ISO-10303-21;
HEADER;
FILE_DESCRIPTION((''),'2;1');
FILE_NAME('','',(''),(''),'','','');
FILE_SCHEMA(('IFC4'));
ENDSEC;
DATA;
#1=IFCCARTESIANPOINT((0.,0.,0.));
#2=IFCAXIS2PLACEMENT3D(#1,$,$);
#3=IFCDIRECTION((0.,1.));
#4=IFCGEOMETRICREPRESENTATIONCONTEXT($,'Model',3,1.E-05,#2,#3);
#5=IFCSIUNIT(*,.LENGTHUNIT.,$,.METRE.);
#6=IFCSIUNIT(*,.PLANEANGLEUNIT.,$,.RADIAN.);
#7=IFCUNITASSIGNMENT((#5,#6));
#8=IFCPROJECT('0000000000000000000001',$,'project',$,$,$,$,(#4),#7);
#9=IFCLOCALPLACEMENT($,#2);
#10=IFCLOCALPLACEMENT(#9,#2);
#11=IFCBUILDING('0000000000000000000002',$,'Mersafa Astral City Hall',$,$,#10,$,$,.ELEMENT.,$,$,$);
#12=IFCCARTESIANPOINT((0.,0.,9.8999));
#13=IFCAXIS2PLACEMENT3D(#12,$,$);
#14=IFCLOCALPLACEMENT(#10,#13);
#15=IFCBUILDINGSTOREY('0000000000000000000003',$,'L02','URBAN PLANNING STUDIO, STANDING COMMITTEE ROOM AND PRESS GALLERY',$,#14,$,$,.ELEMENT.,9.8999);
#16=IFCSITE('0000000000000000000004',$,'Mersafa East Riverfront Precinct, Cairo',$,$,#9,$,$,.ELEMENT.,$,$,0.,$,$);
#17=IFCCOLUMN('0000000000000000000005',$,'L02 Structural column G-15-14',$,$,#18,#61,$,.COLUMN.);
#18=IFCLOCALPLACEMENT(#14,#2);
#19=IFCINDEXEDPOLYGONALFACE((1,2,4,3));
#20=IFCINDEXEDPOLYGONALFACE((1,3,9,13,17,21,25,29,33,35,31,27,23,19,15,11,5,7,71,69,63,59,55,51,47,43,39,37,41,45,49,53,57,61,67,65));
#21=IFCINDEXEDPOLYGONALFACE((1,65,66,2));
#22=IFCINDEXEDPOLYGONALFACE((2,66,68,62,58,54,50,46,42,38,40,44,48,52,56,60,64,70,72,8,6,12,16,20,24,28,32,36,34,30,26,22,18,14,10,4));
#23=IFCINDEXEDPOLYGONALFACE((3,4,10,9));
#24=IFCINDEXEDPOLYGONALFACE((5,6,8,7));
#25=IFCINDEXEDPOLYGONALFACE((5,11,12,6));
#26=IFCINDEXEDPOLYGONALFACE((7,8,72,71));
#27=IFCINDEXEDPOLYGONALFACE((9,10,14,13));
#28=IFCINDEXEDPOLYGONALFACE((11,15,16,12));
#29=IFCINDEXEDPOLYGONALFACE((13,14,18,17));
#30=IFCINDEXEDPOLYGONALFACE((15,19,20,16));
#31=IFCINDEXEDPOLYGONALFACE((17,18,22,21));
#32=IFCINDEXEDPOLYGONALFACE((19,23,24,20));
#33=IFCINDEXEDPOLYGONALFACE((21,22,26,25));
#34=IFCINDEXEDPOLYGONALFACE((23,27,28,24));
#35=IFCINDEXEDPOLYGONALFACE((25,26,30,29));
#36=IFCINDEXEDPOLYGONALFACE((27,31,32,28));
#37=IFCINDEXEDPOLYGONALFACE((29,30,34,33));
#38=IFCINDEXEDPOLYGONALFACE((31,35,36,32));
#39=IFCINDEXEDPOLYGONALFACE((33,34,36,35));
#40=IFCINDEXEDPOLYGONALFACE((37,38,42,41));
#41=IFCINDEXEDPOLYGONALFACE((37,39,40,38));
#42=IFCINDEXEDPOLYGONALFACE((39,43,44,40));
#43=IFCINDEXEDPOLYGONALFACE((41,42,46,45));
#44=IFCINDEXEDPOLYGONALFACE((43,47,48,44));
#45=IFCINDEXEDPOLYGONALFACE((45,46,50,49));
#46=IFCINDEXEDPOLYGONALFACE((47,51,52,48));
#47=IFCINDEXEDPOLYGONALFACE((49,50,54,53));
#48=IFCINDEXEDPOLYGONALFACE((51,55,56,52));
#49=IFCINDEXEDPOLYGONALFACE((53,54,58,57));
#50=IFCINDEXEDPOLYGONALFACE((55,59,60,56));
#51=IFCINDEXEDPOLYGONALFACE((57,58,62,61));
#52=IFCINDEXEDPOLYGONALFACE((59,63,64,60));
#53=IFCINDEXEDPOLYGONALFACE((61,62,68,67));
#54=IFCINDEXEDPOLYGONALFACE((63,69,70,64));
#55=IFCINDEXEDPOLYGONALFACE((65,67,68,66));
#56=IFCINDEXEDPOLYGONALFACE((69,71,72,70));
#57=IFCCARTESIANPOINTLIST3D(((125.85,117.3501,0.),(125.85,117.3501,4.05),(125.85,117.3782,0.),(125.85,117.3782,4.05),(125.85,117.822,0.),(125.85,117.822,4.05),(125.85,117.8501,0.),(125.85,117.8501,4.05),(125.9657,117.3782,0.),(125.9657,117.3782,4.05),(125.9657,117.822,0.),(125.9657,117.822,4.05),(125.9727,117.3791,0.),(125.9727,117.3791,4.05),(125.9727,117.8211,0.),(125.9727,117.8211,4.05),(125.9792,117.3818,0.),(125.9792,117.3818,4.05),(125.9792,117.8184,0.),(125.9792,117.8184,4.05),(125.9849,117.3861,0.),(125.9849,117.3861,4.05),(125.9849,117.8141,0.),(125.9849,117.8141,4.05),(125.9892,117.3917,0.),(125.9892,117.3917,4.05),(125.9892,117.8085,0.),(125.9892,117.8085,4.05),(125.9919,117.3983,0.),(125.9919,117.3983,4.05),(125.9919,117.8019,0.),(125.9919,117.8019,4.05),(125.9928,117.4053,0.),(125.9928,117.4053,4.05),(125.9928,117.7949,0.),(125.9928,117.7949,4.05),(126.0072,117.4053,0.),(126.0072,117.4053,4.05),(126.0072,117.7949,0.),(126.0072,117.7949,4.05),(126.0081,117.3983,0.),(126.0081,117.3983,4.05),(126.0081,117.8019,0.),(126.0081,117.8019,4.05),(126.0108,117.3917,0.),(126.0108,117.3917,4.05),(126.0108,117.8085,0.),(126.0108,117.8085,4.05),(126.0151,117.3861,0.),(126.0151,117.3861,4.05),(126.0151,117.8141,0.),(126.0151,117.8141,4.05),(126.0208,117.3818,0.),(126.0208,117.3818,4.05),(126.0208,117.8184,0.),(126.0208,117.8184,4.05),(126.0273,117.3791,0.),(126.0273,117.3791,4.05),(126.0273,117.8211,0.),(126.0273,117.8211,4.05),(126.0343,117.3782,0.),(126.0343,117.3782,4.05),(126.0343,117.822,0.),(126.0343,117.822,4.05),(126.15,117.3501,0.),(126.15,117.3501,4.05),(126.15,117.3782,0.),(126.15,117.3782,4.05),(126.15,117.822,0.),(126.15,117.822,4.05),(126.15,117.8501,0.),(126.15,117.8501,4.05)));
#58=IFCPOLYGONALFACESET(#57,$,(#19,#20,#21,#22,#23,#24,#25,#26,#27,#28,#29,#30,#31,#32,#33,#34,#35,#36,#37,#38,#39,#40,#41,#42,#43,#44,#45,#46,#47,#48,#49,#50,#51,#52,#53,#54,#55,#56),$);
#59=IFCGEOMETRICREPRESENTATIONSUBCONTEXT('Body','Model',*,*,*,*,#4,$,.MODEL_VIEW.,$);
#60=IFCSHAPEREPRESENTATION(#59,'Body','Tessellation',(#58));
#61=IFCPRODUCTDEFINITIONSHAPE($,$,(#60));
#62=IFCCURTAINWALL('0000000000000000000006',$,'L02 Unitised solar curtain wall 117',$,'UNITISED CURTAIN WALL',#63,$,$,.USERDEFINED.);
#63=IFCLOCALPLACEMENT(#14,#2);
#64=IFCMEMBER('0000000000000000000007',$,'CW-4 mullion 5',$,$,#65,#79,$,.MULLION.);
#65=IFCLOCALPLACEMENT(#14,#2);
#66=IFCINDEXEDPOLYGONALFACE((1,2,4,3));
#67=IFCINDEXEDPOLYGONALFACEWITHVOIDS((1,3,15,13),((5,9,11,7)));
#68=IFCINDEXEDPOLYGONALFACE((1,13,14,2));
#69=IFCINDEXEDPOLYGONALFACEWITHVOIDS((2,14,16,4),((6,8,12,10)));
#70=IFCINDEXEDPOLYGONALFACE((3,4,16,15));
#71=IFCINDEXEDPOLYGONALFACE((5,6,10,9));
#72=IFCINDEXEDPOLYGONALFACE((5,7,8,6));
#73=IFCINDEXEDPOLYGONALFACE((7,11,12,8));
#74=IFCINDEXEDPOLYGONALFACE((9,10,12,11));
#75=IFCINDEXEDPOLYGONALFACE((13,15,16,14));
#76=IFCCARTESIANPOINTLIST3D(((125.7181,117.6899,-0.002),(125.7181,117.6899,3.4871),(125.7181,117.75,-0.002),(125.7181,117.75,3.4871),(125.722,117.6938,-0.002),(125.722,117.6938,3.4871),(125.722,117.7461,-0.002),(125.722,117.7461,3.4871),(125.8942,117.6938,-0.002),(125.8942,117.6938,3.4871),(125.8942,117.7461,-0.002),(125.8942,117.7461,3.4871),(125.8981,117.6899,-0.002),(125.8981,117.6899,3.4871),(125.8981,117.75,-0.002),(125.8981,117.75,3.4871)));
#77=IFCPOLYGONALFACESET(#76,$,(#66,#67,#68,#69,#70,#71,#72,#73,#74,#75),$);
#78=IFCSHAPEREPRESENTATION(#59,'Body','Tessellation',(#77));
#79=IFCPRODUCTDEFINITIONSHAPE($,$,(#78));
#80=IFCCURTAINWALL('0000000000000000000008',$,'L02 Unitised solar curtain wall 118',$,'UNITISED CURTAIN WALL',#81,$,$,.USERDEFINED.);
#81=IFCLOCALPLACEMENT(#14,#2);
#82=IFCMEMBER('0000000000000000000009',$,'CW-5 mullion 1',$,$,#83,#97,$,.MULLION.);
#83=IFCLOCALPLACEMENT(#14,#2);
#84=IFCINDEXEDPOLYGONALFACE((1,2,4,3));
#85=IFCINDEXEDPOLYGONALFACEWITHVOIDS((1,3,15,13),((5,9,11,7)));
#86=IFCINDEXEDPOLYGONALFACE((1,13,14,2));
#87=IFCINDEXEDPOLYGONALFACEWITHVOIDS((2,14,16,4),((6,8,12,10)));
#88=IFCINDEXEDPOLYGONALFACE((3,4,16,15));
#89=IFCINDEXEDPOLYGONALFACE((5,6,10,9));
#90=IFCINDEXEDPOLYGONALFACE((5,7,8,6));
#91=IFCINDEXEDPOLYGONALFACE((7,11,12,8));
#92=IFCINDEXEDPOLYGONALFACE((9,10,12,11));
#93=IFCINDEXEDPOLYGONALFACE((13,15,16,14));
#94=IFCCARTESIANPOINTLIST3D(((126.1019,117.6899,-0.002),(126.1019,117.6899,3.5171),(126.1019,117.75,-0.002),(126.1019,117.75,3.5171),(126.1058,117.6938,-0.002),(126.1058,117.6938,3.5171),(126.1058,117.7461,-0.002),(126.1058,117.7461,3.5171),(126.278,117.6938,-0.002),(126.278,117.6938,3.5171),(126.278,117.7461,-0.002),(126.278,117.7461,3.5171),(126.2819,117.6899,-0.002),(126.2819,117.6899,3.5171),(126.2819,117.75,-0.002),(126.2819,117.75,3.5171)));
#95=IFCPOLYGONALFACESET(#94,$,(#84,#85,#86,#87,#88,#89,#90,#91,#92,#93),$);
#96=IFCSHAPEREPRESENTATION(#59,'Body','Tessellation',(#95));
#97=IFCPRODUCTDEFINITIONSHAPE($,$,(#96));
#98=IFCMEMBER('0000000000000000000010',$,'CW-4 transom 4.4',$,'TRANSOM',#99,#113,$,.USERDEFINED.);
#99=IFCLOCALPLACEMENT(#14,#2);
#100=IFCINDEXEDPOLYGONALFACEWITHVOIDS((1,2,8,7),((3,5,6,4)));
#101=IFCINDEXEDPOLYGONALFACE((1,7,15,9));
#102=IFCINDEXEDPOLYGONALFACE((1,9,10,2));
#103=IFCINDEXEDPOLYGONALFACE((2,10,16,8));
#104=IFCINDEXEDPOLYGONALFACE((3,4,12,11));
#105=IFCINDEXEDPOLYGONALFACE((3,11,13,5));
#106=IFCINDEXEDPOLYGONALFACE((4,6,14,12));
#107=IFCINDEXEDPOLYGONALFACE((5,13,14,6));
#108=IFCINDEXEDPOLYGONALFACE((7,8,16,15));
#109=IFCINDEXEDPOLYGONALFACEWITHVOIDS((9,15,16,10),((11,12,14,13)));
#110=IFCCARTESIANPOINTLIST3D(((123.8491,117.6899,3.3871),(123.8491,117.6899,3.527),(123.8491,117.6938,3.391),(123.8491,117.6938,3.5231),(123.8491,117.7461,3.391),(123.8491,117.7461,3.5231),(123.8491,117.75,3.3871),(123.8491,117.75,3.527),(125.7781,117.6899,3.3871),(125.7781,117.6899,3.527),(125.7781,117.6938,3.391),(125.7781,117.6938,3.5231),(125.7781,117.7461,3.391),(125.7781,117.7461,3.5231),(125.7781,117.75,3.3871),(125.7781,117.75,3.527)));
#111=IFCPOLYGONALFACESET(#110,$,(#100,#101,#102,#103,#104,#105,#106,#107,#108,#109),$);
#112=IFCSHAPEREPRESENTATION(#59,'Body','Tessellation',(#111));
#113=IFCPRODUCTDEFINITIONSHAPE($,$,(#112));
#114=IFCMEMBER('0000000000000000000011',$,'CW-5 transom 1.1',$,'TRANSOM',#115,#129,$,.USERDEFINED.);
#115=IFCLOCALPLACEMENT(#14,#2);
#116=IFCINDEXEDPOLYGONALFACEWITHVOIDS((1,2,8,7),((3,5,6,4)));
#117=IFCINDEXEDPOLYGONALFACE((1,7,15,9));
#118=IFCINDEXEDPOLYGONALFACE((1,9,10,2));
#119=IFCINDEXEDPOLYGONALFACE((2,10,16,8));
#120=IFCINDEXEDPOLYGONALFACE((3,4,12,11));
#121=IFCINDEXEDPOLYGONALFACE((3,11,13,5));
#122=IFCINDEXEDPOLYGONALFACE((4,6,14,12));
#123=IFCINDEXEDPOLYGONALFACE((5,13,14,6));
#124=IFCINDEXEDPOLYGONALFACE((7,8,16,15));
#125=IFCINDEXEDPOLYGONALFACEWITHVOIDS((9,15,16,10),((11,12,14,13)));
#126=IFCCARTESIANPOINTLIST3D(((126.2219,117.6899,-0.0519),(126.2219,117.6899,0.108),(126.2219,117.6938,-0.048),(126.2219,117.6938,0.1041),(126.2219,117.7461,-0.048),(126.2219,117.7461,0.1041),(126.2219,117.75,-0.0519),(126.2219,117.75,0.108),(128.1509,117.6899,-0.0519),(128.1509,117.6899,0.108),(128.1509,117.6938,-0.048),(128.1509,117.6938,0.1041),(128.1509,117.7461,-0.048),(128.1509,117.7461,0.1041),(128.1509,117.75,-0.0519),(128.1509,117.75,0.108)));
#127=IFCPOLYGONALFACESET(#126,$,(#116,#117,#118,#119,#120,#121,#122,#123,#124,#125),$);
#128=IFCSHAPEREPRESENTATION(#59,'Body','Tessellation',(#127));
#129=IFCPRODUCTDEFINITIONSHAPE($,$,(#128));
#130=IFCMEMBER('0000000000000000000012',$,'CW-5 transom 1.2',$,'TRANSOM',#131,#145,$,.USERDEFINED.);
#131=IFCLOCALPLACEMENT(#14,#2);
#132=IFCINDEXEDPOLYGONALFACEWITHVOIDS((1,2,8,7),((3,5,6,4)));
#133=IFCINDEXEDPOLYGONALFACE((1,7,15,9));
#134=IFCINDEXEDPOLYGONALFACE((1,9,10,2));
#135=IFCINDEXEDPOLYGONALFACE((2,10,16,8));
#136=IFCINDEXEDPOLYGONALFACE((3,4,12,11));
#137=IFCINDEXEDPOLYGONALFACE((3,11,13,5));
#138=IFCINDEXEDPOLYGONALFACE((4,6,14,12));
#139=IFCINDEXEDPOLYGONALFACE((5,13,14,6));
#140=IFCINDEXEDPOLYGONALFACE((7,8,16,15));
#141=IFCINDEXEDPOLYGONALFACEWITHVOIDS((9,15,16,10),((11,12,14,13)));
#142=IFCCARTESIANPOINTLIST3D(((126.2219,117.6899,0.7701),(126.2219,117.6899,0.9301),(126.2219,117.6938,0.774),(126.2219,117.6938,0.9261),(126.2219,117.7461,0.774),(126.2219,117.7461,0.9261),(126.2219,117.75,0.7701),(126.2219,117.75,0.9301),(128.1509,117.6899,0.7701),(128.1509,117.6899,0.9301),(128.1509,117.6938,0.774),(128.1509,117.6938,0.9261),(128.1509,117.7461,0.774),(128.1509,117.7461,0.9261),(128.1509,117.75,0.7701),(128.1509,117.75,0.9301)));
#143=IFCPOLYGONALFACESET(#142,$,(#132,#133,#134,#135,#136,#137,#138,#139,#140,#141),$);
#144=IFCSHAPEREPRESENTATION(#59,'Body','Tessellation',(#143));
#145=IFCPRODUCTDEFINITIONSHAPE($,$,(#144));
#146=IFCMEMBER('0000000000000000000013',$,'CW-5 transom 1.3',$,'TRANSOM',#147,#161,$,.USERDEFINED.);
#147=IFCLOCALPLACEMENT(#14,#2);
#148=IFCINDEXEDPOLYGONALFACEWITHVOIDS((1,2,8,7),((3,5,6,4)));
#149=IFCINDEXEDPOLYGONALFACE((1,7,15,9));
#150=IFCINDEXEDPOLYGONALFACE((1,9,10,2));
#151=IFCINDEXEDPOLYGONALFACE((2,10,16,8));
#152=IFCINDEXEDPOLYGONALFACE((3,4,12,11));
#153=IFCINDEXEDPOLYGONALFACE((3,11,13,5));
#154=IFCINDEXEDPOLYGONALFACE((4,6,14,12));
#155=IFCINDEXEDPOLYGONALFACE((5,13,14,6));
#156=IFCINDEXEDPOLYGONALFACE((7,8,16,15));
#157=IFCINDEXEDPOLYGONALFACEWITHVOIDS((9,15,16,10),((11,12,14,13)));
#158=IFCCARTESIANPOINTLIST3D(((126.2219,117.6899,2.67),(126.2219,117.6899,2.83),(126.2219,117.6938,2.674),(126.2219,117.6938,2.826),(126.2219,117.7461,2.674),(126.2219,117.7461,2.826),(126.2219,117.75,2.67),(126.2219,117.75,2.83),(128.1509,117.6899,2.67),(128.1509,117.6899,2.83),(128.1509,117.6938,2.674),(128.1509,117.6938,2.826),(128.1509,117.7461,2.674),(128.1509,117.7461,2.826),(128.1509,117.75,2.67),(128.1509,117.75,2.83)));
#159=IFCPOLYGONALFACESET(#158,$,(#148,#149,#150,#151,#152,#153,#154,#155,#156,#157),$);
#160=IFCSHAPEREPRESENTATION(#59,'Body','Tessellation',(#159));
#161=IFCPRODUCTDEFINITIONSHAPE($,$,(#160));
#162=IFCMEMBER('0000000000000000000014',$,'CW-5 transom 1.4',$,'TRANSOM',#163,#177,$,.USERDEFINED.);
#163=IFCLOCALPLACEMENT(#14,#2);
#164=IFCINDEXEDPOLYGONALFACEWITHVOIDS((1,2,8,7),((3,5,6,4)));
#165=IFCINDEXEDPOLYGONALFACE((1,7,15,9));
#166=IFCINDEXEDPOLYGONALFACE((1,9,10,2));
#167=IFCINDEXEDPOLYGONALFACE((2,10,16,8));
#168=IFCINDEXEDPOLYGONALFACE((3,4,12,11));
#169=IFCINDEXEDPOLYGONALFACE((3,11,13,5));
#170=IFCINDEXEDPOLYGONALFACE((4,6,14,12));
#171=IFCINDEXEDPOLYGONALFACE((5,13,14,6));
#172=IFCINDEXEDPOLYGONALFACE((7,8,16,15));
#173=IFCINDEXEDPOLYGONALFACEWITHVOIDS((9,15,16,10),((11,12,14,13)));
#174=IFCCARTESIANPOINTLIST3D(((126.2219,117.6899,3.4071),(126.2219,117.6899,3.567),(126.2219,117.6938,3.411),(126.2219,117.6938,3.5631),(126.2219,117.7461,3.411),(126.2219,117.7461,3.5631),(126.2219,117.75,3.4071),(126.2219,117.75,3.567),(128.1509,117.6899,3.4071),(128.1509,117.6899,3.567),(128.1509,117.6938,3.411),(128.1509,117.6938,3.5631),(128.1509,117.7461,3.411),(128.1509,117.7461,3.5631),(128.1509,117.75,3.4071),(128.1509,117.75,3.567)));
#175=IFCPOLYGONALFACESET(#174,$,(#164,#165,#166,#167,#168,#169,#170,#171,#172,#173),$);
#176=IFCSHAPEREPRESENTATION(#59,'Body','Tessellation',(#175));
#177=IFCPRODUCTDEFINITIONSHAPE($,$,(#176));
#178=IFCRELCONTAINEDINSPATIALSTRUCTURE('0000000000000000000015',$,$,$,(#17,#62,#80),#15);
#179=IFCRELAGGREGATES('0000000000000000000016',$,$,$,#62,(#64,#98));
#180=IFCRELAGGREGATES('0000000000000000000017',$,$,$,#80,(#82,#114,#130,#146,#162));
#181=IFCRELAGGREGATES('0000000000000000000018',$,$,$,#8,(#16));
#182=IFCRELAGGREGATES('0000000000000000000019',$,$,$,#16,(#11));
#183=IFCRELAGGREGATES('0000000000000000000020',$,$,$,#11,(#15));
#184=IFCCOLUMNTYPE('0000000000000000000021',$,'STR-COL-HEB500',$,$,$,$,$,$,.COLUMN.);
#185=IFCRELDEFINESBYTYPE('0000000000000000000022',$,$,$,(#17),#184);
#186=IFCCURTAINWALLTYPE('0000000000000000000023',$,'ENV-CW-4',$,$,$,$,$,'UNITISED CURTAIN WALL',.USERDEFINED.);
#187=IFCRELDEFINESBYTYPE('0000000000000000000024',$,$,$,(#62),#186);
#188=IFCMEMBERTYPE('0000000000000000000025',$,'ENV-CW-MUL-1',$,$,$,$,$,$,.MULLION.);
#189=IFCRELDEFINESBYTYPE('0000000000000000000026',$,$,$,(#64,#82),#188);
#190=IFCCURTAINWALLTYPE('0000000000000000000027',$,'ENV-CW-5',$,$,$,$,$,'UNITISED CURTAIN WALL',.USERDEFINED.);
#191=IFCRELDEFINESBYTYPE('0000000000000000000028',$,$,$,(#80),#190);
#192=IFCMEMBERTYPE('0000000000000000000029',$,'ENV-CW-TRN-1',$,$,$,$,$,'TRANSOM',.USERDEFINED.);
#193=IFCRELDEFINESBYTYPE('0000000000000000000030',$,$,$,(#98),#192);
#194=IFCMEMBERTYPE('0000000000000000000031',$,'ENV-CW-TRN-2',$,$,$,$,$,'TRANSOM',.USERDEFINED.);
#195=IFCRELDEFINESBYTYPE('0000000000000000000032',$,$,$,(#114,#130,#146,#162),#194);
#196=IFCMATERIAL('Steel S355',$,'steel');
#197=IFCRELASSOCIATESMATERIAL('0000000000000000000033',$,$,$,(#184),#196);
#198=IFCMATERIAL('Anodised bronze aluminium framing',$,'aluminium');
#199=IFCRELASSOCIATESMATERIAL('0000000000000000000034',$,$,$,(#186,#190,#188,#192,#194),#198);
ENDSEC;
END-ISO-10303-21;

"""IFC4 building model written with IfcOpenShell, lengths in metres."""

from ifc_helpers import new_model, si_unit, direction, frame, origin, origin_2d, place, context, subcontext, project, spatial, hollow_rectangle, i_section, extrude, material, material_profile, profile_set, type_object, element, aggregate, save


model = new_model("IFC4")

# Units and contexts
model_context = context("Model", 3, precision=1e-05, world=origin(), true_north=direction((0.0, 1.0)))
body_context = subcontext(model_context, "Body", "Model", "MODEL_VIEW")
ifc_project = project(units=[si_unit("LENGTHUNIT", "METRE"), si_unit("PLANEANGLEUNIT", "RADIAN")], contexts=[model_context])

# Site, building, storey
site_placement = place(None, origin())
site = spatial("IfcSite", under=ifc_project, at=site_placement, Name="Mersafa East Riverfront Precinct, Cairo", CompositionType="ELEMENT", RefElevation=0.0)
building_placement = place(site_placement, origin())
building = spatial("IfcBuilding", under=site, at=building_placement, Name="Mersafa Astral City Hall", CompositionType="ELEMENT")
storey_placement = place(building_placement, frame((0.0, 0.0, 9.8999)))
storey = spatial("IfcBuildingStorey", under=building, at=storey_placement, Name="L02", Description="URBAN PLANNING STUDIO, STANDING COMMITTEE ROOM AND PRESS GALLERY", CompositionType="ELEMENT", Elevation=9.8999)

# Column
ifc_material_1 = material(Name="Steel S355", Category="steel")
ifc_material_profile_1 = material_profile(ifc_material_1, i_section(OverallWidth=0.3, OverallDepth=0.5, WebThickness=0.0144, FlangeThickness=0.0281, FilletRadius=0.0271, at=origin_2d()), Name="HEB 500")
ifc_profile_set_1 = profile_set([ifc_material_profile_1], Name="Steel S355")
column_type = type_object("IfcColumnType", Name="STR-COL-HEB500", PredefinedType="COLUMN", material=ifc_profile_set_1)
column_placement = place(storey_placement, frame((126.0, 117.6001, 0.0), z_axis=(0.0, 0.0, 1.0), x_axis=(1.0, 0.0, 0.0)))
element("IfcColumn", 1, at=column_placement, inside=storey, type_object=column_type, Name="L02 Structural column G-15-14", PredefinedType="COLUMN", context=body_context, shape_type="SweptSolid", body=[
    extrude(i_section(OverallWidth=0.3, OverallDepth=0.5, WebThickness=0.0144, FlangeThickness=0.0281, FilletRadius=0.0271, at=origin_2d()), origin(), (0.0, 0.0, 1.0), 4.05),
])

# Curtain walls, members
ifc_material_2 = material(Name="Anodised bronze aluminium framing", Category="aluminium")
curtain_wall_type_1 = type_object("IfcCurtainWallType", Name="ENV-CW-4", ElementType="UNITISED CURTAIN WALL", PredefinedType="USERDEFINED", material=ifc_material_2)
curtain_wall_1_placement = place(storey_placement, origin())
curtain_wall_1 = element("IfcCurtainWall", 2, at=curtain_wall_1_placement, inside=storey, type_object=curtain_wall_type_1, Name="L02 Unitised solar curtain wall 117", ObjectType="UNITISED CURTAIN WALL", PredefinedType="USERDEFINED")
ifc_material_profile_2 = material_profile(ifc_material_2, hollow_rectangle(XDim=0.0601, YDim=0.1799, WallThickness=0.0039, at=origin_2d()), Name="RHS 60x180x4")
ifc_profile_set_2 = profile_set([ifc_material_profile_2], Name="Anodised bronze aluminium framing")
member_type_1 = type_object("IfcMemberType", Name="ENV-CW-MUL-1", PredefinedType="MULLION", material=ifc_profile_set_2)
member_1_placement = place(storey_placement, frame((125.8081, 117.72, -0.002), z_axis=(0.0, 0.0, 1.0), x_axis=(0.0, 1.0, 0.0)))
member_1 = element("IfcMember", 3, at=member_1_placement, type_object=member_type_1, Name="CW-4 mullion 5", PredefinedType="MULLION", context=body_context, shape_type="SweptSolid", body=[
    extrude(hollow_rectangle(XDim=0.0601, YDim=0.1799, WallThickness=0.0039, at=origin_2d()), origin(), (0.0, 0.0, 1.0), 3.489),
])
curtain_wall_type_2 = type_object("IfcCurtainWallType", Name="ENV-CW-5", ElementType="UNITISED CURTAIN WALL", PredefinedType="USERDEFINED", material=ifc_material_2)
curtain_wall_2_placement = place(storey_placement, origin())
curtain_wall_2 = element("IfcCurtainWall", 4, at=curtain_wall_2_placement, inside=storey, type_object=curtain_wall_type_2, Name="L02 Unitised solar curtain wall 118", ObjectType="UNITISED CURTAIN WALL", PredefinedType="USERDEFINED")
member_2_placement = place(storey_placement, frame((126.1919, 117.72, -0.002), z_axis=(0.0, 0.0, 1.0), x_axis=(0.0, 1.0, 0.0)))
member_2 = element("IfcMember", 5, at=member_2_placement, type_object=member_type_1, Name="CW-5 mullion 1", PredefinedType="MULLION", context=body_context, shape_type="SweptSolid", body=[
    extrude(hollow_rectangle(XDim=0.0601, YDim=0.1799, WallThickness=0.0039, at=origin_2d()), origin(), (0.0, 0.0, 1.0), 3.519),
])

# Members
ifc_material_profile_3 = material_profile(ifc_material_2, hollow_rectangle(XDim=0.0601, YDim=0.1399, WallThickness=0.0039, at=origin_2d()), Name="RHS 60x140x4")
ifc_profile_set_3 = profile_set([ifc_material_profile_3], Name="Anodised bronze aluminium framing")
member_type_2 = type_object("IfcMemberType", Name="ENV-CW-TRN-1", ElementType="TRANSOM", PredefinedType="USERDEFINED", material=ifc_profile_set_3)
member_3_placement = place(storey_placement, frame((123.8491, 117.72, 3.457), z_axis=(1.0, 0.0, 0.0), x_axis=(0.0, 1.0, 0.0)))
member_3 = element("IfcMember", 6, at=member_3_placement, type_object=member_type_2, Name="CW-4 transom 4.4", ObjectType="TRANSOM", PredefinedType="USERDEFINED", context=body_context, shape_type="SweptSolid", body=[
    extrude(hollow_rectangle(XDim=0.0601, YDim=0.1399, WallThickness=0.0039, at=origin_2d()), origin(), (0.0, 0.0, 1.0), 1.929),
])
ifc_material_profile_4 = material_profile(ifc_material_2, hollow_rectangle(XDim=0.0601, YDim=0.1599, WallThickness=0.0039, at=origin_2d()), Name="RHS 60x160x4")
ifc_profile_set_4 = profile_set([ifc_material_profile_4], Name="Anodised bronze aluminium framing")
member_type_3 = type_object("IfcMemberType", Name="ENV-CW-TRN-2", ElementType="TRANSOM", PredefinedType="USERDEFINED", material=ifc_profile_set_4)
member_4_placement = place(storey_placement, frame((126.2219, 117.72, 0.0281), z_axis=(1.0, 0.0, 0.0), x_axis=(0.0, 1.0, 0.0)))
member_4 = element("IfcMember", 7, at=member_4_placement, type_object=member_type_3, Name="CW-5 transom 1.1", ObjectType="TRANSOM", PredefinedType="USERDEFINED", context=body_context, shape_type="SweptSolid", body=[
    extrude(hollow_rectangle(XDim=0.0601, YDim=0.1599, WallThickness=0.0039, at=origin_2d()), origin(), (0.0, 0.0, 1.0), 1.929),
])
member_5_placement = place(storey_placement, frame((126.2219, 117.72, 0.8501), z_axis=(1.0, 0.0, 0.0), x_axis=(0.0, 1.0, 0.0)))
member_5 = element("IfcMember", 8, at=member_5_placement, type_object=member_type_3, Name="CW-5 transom 1.2", ObjectType="TRANSOM", PredefinedType="USERDEFINED", context=body_context, shape_type="SweptSolid", body=[
    extrude(hollow_rectangle(XDim=0.0601, YDim=0.1599, WallThickness=0.0039, at=origin_2d()), origin(), (0.0, 0.0, 1.0), 1.929),
])
member_6_placement = place(storey_placement, frame((126.2219, 117.72, 2.75), z_axis=(1.0, 0.0, 0.0), x_axis=(0.0, 1.0, 0.0)))
member_6 = element("IfcMember", 9, at=member_6_placement, type_object=member_type_3, Name="CW-5 transom 1.3", ObjectType="TRANSOM", PredefinedType="USERDEFINED", context=body_context, shape_type="SweptSolid", body=[
    extrude(hollow_rectangle(XDim=0.0601, YDim=0.1599, WallThickness=0.0039, at=origin_2d()), origin(), (0.0, 0.0, 1.0), 1.929),
])
member_7_placement = place(storey_placement, frame((126.2219, 117.72, 3.4871), z_axis=(1.0, 0.0, 0.0), x_axis=(0.0, 1.0, 0.0)))
member_7 = element("IfcMember", 10, at=member_7_placement, type_object=member_type_3, Name="CW-5 transom 1.4", ObjectType="TRANSOM", PredefinedType="USERDEFINED", context=body_context, shape_type="SweptSolid", body=[
    extrude(hollow_rectangle(XDim=0.0601, YDim=0.1599, WallThickness=0.0039, at=origin_2d()), origin(), (0.0, 0.0, 1.0), 1.929),
])

aggregate(curtain_wall_1, [member_1, member_3])
aggregate(curtain_wall_2, [member_2, member_4, member_5, member_6, member_7])

save(model, "model.ifc")
